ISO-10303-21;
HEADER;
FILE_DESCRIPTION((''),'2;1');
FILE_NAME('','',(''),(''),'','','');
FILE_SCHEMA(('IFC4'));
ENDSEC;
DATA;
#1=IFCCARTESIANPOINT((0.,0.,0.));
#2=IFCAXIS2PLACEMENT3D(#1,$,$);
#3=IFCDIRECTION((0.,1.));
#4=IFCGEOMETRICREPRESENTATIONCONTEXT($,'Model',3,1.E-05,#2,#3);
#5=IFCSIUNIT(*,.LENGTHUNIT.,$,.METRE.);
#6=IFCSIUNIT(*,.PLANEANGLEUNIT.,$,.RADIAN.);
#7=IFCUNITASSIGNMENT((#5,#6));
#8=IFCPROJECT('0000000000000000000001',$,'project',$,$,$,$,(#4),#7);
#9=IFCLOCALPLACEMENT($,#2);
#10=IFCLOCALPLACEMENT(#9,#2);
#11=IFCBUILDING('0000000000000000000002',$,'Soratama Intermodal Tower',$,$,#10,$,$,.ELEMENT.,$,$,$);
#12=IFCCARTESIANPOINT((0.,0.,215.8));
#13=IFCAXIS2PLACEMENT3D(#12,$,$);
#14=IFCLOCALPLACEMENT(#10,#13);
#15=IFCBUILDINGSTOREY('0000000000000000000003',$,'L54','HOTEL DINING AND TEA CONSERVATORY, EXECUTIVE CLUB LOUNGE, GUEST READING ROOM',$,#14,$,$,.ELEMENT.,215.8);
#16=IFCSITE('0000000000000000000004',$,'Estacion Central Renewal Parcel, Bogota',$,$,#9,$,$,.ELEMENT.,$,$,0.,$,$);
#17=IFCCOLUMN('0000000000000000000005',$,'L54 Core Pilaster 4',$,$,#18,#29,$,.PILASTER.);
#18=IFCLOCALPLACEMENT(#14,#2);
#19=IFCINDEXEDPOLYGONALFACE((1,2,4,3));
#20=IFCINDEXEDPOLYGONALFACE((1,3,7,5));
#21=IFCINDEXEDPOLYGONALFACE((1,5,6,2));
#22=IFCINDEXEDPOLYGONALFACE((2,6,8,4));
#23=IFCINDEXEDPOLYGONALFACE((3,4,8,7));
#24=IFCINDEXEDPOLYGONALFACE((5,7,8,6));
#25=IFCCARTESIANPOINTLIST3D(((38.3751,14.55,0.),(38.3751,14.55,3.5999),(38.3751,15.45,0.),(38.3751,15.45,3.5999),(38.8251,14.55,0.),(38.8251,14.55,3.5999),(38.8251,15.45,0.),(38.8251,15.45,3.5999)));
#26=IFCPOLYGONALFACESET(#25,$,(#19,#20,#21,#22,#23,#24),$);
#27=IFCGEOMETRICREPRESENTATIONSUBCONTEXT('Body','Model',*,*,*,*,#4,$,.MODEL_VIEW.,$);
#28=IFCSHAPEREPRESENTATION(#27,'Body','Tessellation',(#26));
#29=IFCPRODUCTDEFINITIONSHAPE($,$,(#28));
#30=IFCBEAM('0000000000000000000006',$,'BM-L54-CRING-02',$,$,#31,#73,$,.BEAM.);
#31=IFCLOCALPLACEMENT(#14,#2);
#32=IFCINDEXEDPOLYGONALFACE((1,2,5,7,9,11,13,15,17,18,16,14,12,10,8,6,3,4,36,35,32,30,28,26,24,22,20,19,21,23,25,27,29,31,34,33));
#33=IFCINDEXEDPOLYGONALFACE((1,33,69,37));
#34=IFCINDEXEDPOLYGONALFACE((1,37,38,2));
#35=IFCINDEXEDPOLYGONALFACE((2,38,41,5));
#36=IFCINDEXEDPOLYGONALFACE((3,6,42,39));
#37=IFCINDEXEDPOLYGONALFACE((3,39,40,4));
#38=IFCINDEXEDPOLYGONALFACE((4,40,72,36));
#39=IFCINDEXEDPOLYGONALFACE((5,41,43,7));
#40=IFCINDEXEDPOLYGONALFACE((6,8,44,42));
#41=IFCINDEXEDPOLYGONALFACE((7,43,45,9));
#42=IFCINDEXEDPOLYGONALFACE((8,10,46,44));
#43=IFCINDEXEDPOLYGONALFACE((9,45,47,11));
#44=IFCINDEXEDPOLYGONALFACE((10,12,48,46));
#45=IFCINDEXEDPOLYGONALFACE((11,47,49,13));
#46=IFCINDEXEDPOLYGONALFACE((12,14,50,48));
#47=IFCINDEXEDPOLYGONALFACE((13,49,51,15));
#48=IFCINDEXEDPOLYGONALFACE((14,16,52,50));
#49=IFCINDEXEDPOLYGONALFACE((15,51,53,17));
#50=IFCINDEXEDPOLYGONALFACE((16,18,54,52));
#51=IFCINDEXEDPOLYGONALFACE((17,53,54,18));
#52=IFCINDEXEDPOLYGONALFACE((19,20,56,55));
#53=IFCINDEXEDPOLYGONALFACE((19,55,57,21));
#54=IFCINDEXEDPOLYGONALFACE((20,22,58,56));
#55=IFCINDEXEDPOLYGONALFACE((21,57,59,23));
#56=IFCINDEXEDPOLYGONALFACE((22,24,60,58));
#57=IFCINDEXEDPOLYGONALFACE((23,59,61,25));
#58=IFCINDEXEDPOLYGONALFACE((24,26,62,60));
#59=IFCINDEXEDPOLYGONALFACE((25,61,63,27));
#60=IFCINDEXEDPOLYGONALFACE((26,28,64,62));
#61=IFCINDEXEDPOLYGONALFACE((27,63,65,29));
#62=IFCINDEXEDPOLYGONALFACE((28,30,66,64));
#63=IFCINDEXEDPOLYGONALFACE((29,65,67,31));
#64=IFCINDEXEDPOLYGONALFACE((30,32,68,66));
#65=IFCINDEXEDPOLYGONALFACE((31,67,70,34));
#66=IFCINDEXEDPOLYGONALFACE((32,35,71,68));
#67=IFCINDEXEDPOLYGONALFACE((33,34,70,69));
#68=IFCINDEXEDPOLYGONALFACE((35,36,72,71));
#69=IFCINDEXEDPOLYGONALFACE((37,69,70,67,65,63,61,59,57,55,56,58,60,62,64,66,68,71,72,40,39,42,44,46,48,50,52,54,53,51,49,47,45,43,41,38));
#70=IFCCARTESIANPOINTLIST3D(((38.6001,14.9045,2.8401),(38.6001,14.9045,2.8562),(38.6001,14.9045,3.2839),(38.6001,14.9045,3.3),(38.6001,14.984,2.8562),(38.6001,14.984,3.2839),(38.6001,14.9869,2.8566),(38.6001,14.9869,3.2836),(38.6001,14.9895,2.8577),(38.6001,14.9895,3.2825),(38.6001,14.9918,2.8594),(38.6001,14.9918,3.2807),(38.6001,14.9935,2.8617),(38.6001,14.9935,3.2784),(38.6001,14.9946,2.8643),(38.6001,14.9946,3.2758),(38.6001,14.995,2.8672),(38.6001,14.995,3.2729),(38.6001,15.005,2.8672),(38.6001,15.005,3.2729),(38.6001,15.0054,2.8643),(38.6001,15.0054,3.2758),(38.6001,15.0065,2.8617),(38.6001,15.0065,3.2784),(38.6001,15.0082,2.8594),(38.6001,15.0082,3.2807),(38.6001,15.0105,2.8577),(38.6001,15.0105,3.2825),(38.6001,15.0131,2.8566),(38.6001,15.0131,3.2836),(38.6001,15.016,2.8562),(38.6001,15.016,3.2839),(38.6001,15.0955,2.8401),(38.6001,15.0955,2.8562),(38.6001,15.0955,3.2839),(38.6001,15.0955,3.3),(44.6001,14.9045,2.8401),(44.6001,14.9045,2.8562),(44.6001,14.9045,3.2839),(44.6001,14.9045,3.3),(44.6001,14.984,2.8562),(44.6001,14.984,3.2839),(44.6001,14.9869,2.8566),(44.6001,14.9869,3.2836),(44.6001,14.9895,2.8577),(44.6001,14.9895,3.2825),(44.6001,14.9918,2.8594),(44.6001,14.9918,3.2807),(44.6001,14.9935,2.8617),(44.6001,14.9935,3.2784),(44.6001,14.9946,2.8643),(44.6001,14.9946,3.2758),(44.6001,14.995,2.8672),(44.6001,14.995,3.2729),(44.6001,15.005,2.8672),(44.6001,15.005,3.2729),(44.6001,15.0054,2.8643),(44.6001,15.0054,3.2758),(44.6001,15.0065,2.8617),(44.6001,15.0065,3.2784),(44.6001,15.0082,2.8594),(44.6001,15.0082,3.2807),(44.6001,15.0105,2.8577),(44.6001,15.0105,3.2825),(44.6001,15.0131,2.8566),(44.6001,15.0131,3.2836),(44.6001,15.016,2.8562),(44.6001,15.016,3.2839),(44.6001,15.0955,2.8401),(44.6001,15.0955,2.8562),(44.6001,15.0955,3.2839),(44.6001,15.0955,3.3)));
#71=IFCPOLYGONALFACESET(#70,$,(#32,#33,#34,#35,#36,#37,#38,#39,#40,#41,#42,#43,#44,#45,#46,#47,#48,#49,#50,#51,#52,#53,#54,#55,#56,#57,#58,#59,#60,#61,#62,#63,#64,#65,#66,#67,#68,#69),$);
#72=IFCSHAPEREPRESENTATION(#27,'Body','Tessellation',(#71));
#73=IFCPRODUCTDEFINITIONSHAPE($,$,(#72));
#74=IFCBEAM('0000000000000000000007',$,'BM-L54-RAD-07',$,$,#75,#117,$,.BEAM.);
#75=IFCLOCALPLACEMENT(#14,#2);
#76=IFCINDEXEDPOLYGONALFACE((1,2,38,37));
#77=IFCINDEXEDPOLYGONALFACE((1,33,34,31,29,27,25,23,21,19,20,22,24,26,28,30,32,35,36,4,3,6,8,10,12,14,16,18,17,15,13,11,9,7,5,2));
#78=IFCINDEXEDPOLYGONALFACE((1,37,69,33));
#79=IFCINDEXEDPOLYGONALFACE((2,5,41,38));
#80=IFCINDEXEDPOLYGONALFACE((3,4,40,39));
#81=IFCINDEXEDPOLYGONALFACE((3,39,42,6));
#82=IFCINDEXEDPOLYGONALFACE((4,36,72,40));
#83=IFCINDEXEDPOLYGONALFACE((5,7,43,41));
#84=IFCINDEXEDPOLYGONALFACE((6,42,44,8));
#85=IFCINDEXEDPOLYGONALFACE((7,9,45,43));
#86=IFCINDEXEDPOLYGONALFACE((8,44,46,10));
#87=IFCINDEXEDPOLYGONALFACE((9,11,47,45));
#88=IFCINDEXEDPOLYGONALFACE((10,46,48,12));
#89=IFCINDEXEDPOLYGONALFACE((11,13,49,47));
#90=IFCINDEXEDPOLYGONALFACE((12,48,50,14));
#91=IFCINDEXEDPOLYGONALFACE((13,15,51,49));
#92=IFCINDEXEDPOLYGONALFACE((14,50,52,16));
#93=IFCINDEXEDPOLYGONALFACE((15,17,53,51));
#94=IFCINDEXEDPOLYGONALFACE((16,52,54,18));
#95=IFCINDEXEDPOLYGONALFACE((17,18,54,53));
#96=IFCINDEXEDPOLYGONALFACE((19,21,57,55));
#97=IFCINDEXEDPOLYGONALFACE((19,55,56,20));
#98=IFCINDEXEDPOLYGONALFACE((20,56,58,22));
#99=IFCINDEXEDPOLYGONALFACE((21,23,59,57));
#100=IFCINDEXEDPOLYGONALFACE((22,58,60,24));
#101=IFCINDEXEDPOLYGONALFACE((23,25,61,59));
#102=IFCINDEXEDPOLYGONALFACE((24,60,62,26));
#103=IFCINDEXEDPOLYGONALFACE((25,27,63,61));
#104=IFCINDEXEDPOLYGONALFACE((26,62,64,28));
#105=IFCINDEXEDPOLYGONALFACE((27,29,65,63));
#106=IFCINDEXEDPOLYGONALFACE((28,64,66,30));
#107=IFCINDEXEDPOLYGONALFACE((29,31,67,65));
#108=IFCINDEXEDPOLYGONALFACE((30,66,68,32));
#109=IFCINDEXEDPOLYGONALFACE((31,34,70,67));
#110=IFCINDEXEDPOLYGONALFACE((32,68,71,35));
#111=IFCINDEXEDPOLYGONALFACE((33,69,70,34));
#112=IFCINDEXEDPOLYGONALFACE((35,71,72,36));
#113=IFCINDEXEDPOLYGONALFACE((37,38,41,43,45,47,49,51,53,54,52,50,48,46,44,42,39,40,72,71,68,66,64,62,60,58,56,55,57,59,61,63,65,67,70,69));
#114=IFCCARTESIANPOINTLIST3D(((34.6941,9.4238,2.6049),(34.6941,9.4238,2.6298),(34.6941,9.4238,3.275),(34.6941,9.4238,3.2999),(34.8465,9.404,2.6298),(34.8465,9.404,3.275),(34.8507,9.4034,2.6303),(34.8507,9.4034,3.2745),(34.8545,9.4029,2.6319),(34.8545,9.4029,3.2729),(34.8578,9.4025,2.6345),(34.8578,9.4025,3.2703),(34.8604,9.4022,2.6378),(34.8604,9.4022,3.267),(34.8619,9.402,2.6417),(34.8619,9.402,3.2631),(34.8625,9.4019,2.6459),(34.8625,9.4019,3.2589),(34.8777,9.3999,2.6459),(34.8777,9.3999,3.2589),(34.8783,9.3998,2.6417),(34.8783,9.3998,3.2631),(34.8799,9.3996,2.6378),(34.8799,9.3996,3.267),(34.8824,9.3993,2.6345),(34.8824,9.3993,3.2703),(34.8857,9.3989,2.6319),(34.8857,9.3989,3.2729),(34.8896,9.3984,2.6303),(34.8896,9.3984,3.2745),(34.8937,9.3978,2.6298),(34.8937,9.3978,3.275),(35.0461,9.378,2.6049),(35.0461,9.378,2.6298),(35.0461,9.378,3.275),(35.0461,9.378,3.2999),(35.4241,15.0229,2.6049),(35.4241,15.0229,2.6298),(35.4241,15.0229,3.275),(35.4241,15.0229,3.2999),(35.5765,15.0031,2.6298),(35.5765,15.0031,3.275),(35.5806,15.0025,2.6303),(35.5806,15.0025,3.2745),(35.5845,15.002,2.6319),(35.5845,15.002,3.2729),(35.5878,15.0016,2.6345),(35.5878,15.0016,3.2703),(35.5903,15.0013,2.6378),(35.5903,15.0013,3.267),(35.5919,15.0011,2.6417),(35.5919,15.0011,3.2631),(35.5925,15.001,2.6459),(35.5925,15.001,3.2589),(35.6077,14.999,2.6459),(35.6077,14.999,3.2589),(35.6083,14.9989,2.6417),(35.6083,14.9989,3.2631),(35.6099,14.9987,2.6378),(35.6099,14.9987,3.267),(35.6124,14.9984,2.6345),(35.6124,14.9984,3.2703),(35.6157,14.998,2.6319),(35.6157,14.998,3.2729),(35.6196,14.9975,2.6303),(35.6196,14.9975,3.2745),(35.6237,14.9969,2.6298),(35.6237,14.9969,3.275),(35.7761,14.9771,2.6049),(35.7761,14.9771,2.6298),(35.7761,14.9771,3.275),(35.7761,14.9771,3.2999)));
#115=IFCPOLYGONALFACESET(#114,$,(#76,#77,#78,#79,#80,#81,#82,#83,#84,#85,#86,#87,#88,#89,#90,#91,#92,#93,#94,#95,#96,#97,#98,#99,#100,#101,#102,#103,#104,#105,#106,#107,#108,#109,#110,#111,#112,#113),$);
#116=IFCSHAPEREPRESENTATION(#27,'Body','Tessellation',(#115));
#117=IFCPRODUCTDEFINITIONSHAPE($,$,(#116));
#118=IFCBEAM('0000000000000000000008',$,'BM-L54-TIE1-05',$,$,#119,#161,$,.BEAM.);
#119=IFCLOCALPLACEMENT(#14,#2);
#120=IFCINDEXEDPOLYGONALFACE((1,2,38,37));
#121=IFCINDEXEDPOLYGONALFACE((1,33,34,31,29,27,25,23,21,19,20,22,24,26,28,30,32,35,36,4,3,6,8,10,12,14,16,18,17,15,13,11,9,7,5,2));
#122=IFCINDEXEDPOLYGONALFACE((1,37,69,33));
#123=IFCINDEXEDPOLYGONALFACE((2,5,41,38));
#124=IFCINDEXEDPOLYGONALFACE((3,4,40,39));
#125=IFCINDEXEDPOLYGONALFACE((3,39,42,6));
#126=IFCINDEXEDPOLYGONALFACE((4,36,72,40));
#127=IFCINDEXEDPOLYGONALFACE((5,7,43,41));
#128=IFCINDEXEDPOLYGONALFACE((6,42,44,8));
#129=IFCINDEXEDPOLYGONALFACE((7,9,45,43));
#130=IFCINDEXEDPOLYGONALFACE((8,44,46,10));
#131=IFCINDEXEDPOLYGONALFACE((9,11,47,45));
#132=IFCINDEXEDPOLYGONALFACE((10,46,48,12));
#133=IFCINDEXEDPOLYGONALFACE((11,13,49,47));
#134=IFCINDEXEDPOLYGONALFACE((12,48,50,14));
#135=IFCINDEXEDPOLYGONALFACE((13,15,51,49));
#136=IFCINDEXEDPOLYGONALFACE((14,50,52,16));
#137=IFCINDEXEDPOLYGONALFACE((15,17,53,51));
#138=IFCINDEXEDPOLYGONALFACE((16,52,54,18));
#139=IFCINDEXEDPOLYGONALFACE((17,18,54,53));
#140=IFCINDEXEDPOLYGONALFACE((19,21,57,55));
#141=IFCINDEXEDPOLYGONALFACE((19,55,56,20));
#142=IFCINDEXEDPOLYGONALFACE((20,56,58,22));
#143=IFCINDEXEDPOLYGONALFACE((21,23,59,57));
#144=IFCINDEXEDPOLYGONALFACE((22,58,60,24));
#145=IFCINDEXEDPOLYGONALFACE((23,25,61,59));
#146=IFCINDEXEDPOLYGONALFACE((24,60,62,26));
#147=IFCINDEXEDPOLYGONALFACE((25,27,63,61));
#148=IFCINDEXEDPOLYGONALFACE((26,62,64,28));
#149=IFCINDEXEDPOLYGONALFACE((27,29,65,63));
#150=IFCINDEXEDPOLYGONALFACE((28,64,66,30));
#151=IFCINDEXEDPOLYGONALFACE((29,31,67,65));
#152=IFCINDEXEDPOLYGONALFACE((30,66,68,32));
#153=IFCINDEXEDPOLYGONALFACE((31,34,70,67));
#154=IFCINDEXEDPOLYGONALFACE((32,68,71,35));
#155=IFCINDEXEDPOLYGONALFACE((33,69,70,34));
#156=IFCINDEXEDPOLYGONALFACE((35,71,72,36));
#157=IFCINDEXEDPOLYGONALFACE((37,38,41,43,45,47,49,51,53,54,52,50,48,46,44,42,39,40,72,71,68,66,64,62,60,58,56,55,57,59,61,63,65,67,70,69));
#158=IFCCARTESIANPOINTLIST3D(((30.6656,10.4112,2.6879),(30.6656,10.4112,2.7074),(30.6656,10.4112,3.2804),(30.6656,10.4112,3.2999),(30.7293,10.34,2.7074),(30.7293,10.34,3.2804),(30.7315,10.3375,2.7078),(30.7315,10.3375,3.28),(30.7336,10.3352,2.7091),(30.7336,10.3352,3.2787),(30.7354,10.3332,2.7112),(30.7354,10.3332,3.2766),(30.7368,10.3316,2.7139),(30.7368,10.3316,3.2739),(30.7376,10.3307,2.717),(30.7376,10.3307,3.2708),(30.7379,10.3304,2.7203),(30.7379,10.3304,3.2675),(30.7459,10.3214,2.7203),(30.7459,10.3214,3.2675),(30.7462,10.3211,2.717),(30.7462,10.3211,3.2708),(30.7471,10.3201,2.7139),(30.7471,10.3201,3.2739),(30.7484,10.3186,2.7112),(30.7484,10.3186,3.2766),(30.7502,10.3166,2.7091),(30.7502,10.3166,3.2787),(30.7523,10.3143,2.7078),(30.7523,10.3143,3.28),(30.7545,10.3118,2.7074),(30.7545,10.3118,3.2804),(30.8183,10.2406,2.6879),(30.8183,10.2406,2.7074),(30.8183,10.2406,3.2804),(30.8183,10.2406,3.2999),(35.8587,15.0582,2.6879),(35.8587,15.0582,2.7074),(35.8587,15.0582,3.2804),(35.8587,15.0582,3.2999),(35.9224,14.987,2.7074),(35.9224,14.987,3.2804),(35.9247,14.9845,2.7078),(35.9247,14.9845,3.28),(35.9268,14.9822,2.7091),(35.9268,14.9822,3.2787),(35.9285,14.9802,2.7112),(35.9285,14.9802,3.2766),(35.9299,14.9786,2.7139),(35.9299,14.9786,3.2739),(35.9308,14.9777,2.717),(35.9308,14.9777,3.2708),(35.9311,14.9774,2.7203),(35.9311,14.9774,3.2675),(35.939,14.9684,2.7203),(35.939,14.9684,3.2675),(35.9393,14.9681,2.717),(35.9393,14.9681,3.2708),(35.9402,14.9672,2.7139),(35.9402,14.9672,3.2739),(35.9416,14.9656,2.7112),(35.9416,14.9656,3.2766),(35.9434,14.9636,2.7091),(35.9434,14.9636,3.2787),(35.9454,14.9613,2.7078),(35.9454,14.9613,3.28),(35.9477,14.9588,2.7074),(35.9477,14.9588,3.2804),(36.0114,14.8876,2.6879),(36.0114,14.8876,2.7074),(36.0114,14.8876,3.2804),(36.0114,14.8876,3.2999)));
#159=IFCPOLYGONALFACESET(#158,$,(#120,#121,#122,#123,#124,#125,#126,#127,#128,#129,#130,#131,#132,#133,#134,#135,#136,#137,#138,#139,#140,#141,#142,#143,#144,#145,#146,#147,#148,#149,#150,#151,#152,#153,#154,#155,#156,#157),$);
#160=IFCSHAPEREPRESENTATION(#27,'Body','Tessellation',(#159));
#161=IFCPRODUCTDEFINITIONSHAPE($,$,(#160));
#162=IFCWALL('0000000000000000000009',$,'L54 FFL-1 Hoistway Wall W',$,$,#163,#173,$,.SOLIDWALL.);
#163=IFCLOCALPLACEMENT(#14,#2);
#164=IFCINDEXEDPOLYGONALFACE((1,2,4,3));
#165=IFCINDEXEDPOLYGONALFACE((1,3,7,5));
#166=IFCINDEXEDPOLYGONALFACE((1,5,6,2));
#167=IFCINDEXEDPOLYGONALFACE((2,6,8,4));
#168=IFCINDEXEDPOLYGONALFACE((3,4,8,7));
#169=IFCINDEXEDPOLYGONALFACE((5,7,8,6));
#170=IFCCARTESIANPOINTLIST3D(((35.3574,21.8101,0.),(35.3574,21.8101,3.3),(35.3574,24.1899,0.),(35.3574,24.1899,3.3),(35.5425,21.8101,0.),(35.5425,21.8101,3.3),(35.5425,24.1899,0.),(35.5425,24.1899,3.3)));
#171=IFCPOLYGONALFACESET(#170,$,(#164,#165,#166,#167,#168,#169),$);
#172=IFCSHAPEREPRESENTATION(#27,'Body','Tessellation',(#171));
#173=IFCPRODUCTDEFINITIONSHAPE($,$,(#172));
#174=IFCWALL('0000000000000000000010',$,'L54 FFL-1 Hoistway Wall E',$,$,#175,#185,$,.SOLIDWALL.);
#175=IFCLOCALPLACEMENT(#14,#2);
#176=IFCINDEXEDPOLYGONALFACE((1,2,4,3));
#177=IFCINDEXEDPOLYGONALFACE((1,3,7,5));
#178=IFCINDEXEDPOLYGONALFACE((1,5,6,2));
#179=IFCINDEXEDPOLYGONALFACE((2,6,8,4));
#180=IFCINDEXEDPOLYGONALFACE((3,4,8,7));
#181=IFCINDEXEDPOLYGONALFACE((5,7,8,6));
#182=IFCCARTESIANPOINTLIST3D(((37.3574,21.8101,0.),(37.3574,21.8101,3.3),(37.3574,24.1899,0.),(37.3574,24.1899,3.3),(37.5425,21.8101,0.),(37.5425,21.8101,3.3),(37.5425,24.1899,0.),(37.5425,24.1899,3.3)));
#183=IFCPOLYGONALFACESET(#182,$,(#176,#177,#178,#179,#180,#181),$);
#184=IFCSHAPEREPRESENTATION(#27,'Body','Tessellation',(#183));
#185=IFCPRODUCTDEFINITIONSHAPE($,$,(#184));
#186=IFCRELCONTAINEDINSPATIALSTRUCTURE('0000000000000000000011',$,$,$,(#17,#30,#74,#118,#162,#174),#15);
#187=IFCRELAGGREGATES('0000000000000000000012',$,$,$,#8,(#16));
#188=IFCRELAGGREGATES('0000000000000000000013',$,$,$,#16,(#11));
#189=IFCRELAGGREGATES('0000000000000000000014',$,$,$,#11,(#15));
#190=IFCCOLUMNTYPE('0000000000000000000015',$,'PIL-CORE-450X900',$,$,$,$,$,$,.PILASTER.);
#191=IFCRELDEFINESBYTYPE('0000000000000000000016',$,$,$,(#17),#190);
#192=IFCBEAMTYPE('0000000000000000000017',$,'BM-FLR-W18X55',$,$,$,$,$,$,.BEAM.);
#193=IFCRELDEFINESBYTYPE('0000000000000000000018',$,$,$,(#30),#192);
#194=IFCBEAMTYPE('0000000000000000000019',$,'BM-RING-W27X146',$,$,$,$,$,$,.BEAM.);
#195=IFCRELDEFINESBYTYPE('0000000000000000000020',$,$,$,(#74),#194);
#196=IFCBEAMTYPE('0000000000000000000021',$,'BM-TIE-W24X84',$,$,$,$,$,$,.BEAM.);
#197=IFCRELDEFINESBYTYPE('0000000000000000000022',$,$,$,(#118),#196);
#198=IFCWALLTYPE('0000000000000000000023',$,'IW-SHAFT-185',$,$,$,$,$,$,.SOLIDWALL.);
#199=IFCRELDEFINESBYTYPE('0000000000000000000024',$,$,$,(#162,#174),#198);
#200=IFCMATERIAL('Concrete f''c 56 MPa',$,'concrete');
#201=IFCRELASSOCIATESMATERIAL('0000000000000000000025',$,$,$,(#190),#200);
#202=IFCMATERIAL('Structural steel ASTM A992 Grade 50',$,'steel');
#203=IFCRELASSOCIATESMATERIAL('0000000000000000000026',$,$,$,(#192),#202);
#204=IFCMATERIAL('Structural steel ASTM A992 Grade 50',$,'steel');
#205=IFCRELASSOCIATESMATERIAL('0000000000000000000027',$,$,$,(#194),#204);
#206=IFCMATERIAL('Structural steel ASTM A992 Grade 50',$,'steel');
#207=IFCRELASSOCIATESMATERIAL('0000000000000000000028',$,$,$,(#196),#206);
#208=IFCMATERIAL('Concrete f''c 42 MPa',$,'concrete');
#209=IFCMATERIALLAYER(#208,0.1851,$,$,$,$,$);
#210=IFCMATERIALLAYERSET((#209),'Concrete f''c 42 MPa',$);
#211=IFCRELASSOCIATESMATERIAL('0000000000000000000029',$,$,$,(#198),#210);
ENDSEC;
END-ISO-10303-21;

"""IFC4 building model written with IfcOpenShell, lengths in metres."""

from ifc_helpers import new_model, si_unit, direction, frame, frame_2d, origin, origin_2d, place, context, subcontext, project, spatial, rectangle, i_section, extrude, material, layer, layer_set, material_profile, profile_set, type_object, element, save


model = new_model("IFC4")

# Units and contexts
model_context = context("Model", 3, precision=1e-05, world=origin(), true_north=direction((0.0, 1.0)))
body_context = subcontext(model_context, "Body", "Model", "MODEL_VIEW")
ifc_project = project(units=[si_unit("LENGTHUNIT", "METRE"), si_unit("PLANEANGLEUNIT", "RADIAN")], contexts=[model_context])

# Site, building, storey
site_placement = place(None, origin())
site = spatial("IfcSite", under=ifc_project, at=site_placement, Name="Estacion Central Renewal Parcel, Bogota", CompositionType="ELEMENT", RefElevation=0.0)
building_placement = place(site_placement, origin())
building = spatial("IfcBuilding", under=site, at=building_placement, Name="Soratama Intermodal Tower", CompositionType="ELEMENT")
storey_placement = place(building_placement, frame((0.0, 0.0, 215.8)))
storey = spatial("IfcBuildingStorey", under=building, at=storey_placement, Name="L54", Description="HOTEL DINING AND TEA CONSERVATORY, EXECUTIVE CLUB LOUNGE, GUEST READING ROOM", CompositionType="ELEMENT", Elevation=215.8)

# Column
ifc_material_1 = material(Name="Concrete f'c 56 MPa", Category="concrete")
ifc_material_profile_1 = material_profile(ifc_material_1, rectangle(XDim=0.45, YDim=0.8999, at=origin_2d()), Name="RC450X900")
ifc_profile_set_1 = profile_set([ifc_material_profile_1], Name="Concrete f'c 56 MPa")
column_type = type_object("IfcColumnType", Name="PIL-CORE-450X900", PredefinedType="PILASTER", material=ifc_profile_set_1)
column_placement = place(storey_placement, frame((38.6001, 15.0, 0.0), z_axis=(0.0, 0.0, 1.0), x_axis=(1.0, 0.0, 0.0)))
element("IfcColumn", 1, at=column_placement, inside=storey, type_object=column_type, Name="L54 Core Pilaster 4", PredefinedType="PILASTER", context=body_context, shape_type="SweptSolid", body=[
    extrude(rectangle(XDim=0.45, YDim=0.8999, at=origin_2d()), origin(), (0.0, 0.0, 1.0), 3.5999),
])

# Beams
ifc_material_2 = material(Name="Structural steel ASTM A992 Grade 50", Category="steel")
ifc_material_profile_2 = material_profile(ifc_material_2, i_section(OverallWidth=0.1909, OverallDepth=0.46, WebThickness=0.01, FlangeThickness=0.0161, FilletRadius=0.011, at=origin_2d()), Name="W18X55")
ifc_profile_set_2 = profile_set([ifc_material_profile_2], Name="Structural steel ASTM A992 Grade 50")
beam_type_1 = type_object("IfcBeamType", Name="BM-FLR-W18X55", PredefinedType="BEAM", material=ifc_profile_set_2)
beam_1_placement = place(storey_placement, frame((38.6001, 15.0, 3.0701), z_axis=(1.0, 0.0, 0.0), x_axis=(0.0, 1.0, 0.0)))
element("IfcBeam", 2, at=beam_1_placement, inside=storey, type_object=beam_type_1, Name="BM-L54-CRING-02", PredefinedType="BEAM", context=body_context, shape_type="SweptSolid", body=[
    extrude(i_section(OverallWidth=0.1909, OverallDepth=0.46, WebThickness=0.01, FlangeThickness=0.0161, FilletRadius=0.011, at=origin_2d()), origin(), (0.0, 0.0, 1.0), 6.0),
])
ifc_material_3 = material(Name="Structural steel ASTM A992 Grade 50", Category="steel")
ifc_material_profile_3 = material_profile(ifc_material_3, i_section(OverallWidth=0.355, OverallDepth=0.6951, WebThickness=0.0154, FlangeThickness=0.0249, FilletRadius=0.0161, at=origin_2d()), Name="W27X146")
ifc_profile_set_3 = profile_set([ifc_material_profile_3], Name="Structural steel ASTM A992 Grade 50")
beam_type_2 = type_object("IfcBeamType", Name="BM-RING-W27X146", PredefinedType="BEAM", material=ifc_profile_set_3)
beam_2_placement = place(storey_placement, frame((35.6001, 15.0, 2.9524), z_axis=(-0.12928, -0.991608, 0.0), x_axis=(0.991608, -0.12928, 0.0)))
element("IfcBeam", 3, at=beam_2_placement, inside=storey, type_object=beam_type_2, Name="BM-L54-RAD-07", PredefinedType="BEAM", context=body_context, shape_type="SweptSolid", body=[
    extrude(i_section(OverallWidth=0.355, OverallDepth=0.6951, WebThickness=0.0154, FlangeThickness=0.0249, FilletRadius=0.0161, at=origin_2d()), origin(), (0.0, 0.0, 1.0), 5.6465),
])
ifc_material_4 = material(Name="Structural steel ASTM A992 Grade 50", Category="steel")
ifc_material_profile_4 = material_profile(ifc_material_4, i_section(OverallWidth=0.229, OverallDepth=0.6121, WebThickness=0.012, FlangeThickness=0.0195, FilletRadius=0.0129, at=origin_2d()), Name="W24X84")
ifc_profile_set_4 = profile_set([ifc_material_profile_4], Name="Structural steel ASTM A992 Grade 50")
beam_type_3 = type_object("IfcBeamType", Name="BM-TIE-W24X84", PredefinedType="BEAM", material=ifc_profile_set_4)
beam_3_placement = place(storey_placement, frame((35.9351, 14.9729, 2.9939), z_axis=(-0.745206, -0.666835, 0.0), x_axis=(0.666835, -0.745206, 0.0)))
element("IfcBeam", 4, at=beam_3_placement, inside=storey, type_object=beam_type_3, Name="BM-L54-TIE1-05", PredefinedType="BEAM", context=body_context, shape_type="SweptSolid", body=[
    extrude(i_section(OverallWidth=0.229, OverallDepth=0.6121, WebThickness=0.012, FlangeThickness=0.0195, FilletRadius=0.0129, at=origin_2d()), origin(), (0.0, 0.0, 1.0), 6.9688),
])

# Shared definitions
ifc_material_5 = material(Name="Concrete f'c 42 MPa", Category="concrete")
ifc_layer_1 = layer(ifc_material_5, 0.1851)
ifc_layer_set_1 = layer_set([ifc_layer_1], Name="Concrete f'c 42 MPa")
wall_type_1 = type_object("IfcWallType", Name="IW-SHAFT-185", PredefinedType="SOLIDWALL", material=ifc_layer_set_1)

# Walls
for number, where, z_axis, x_axis, name in (
    (5, (35.45, 21.8101, 0.0), (0.0, 0.0, 1.0), (0.0, 1.0, 0.0), "L54 FFL-1 Hoistway Wall W"),
    (6, (37.45, 21.8101, 0.0), (0.0, 0.0, 1.0), (0.0, 1.0, 0.0), "L54 FFL-1 Hoistway Wall E"),
):
    element("IfcWall", number, at=place(storey_placement, frame(where, z_axis=z_axis, x_axis=x_axis)), inside=storey, type_object=wall_type_1, Name=name, PredefinedType="SOLIDWALL", context=body_context, shape_type="SweptSolid", body=[
        extrude(rectangle(XDim=2.3799, YDim=0.1851, at=frame_2d((1.1899, 0.0))), origin(), (0.0, 0.0, 1.0), 3.3),
    ])

save(model, "model.ifc")
